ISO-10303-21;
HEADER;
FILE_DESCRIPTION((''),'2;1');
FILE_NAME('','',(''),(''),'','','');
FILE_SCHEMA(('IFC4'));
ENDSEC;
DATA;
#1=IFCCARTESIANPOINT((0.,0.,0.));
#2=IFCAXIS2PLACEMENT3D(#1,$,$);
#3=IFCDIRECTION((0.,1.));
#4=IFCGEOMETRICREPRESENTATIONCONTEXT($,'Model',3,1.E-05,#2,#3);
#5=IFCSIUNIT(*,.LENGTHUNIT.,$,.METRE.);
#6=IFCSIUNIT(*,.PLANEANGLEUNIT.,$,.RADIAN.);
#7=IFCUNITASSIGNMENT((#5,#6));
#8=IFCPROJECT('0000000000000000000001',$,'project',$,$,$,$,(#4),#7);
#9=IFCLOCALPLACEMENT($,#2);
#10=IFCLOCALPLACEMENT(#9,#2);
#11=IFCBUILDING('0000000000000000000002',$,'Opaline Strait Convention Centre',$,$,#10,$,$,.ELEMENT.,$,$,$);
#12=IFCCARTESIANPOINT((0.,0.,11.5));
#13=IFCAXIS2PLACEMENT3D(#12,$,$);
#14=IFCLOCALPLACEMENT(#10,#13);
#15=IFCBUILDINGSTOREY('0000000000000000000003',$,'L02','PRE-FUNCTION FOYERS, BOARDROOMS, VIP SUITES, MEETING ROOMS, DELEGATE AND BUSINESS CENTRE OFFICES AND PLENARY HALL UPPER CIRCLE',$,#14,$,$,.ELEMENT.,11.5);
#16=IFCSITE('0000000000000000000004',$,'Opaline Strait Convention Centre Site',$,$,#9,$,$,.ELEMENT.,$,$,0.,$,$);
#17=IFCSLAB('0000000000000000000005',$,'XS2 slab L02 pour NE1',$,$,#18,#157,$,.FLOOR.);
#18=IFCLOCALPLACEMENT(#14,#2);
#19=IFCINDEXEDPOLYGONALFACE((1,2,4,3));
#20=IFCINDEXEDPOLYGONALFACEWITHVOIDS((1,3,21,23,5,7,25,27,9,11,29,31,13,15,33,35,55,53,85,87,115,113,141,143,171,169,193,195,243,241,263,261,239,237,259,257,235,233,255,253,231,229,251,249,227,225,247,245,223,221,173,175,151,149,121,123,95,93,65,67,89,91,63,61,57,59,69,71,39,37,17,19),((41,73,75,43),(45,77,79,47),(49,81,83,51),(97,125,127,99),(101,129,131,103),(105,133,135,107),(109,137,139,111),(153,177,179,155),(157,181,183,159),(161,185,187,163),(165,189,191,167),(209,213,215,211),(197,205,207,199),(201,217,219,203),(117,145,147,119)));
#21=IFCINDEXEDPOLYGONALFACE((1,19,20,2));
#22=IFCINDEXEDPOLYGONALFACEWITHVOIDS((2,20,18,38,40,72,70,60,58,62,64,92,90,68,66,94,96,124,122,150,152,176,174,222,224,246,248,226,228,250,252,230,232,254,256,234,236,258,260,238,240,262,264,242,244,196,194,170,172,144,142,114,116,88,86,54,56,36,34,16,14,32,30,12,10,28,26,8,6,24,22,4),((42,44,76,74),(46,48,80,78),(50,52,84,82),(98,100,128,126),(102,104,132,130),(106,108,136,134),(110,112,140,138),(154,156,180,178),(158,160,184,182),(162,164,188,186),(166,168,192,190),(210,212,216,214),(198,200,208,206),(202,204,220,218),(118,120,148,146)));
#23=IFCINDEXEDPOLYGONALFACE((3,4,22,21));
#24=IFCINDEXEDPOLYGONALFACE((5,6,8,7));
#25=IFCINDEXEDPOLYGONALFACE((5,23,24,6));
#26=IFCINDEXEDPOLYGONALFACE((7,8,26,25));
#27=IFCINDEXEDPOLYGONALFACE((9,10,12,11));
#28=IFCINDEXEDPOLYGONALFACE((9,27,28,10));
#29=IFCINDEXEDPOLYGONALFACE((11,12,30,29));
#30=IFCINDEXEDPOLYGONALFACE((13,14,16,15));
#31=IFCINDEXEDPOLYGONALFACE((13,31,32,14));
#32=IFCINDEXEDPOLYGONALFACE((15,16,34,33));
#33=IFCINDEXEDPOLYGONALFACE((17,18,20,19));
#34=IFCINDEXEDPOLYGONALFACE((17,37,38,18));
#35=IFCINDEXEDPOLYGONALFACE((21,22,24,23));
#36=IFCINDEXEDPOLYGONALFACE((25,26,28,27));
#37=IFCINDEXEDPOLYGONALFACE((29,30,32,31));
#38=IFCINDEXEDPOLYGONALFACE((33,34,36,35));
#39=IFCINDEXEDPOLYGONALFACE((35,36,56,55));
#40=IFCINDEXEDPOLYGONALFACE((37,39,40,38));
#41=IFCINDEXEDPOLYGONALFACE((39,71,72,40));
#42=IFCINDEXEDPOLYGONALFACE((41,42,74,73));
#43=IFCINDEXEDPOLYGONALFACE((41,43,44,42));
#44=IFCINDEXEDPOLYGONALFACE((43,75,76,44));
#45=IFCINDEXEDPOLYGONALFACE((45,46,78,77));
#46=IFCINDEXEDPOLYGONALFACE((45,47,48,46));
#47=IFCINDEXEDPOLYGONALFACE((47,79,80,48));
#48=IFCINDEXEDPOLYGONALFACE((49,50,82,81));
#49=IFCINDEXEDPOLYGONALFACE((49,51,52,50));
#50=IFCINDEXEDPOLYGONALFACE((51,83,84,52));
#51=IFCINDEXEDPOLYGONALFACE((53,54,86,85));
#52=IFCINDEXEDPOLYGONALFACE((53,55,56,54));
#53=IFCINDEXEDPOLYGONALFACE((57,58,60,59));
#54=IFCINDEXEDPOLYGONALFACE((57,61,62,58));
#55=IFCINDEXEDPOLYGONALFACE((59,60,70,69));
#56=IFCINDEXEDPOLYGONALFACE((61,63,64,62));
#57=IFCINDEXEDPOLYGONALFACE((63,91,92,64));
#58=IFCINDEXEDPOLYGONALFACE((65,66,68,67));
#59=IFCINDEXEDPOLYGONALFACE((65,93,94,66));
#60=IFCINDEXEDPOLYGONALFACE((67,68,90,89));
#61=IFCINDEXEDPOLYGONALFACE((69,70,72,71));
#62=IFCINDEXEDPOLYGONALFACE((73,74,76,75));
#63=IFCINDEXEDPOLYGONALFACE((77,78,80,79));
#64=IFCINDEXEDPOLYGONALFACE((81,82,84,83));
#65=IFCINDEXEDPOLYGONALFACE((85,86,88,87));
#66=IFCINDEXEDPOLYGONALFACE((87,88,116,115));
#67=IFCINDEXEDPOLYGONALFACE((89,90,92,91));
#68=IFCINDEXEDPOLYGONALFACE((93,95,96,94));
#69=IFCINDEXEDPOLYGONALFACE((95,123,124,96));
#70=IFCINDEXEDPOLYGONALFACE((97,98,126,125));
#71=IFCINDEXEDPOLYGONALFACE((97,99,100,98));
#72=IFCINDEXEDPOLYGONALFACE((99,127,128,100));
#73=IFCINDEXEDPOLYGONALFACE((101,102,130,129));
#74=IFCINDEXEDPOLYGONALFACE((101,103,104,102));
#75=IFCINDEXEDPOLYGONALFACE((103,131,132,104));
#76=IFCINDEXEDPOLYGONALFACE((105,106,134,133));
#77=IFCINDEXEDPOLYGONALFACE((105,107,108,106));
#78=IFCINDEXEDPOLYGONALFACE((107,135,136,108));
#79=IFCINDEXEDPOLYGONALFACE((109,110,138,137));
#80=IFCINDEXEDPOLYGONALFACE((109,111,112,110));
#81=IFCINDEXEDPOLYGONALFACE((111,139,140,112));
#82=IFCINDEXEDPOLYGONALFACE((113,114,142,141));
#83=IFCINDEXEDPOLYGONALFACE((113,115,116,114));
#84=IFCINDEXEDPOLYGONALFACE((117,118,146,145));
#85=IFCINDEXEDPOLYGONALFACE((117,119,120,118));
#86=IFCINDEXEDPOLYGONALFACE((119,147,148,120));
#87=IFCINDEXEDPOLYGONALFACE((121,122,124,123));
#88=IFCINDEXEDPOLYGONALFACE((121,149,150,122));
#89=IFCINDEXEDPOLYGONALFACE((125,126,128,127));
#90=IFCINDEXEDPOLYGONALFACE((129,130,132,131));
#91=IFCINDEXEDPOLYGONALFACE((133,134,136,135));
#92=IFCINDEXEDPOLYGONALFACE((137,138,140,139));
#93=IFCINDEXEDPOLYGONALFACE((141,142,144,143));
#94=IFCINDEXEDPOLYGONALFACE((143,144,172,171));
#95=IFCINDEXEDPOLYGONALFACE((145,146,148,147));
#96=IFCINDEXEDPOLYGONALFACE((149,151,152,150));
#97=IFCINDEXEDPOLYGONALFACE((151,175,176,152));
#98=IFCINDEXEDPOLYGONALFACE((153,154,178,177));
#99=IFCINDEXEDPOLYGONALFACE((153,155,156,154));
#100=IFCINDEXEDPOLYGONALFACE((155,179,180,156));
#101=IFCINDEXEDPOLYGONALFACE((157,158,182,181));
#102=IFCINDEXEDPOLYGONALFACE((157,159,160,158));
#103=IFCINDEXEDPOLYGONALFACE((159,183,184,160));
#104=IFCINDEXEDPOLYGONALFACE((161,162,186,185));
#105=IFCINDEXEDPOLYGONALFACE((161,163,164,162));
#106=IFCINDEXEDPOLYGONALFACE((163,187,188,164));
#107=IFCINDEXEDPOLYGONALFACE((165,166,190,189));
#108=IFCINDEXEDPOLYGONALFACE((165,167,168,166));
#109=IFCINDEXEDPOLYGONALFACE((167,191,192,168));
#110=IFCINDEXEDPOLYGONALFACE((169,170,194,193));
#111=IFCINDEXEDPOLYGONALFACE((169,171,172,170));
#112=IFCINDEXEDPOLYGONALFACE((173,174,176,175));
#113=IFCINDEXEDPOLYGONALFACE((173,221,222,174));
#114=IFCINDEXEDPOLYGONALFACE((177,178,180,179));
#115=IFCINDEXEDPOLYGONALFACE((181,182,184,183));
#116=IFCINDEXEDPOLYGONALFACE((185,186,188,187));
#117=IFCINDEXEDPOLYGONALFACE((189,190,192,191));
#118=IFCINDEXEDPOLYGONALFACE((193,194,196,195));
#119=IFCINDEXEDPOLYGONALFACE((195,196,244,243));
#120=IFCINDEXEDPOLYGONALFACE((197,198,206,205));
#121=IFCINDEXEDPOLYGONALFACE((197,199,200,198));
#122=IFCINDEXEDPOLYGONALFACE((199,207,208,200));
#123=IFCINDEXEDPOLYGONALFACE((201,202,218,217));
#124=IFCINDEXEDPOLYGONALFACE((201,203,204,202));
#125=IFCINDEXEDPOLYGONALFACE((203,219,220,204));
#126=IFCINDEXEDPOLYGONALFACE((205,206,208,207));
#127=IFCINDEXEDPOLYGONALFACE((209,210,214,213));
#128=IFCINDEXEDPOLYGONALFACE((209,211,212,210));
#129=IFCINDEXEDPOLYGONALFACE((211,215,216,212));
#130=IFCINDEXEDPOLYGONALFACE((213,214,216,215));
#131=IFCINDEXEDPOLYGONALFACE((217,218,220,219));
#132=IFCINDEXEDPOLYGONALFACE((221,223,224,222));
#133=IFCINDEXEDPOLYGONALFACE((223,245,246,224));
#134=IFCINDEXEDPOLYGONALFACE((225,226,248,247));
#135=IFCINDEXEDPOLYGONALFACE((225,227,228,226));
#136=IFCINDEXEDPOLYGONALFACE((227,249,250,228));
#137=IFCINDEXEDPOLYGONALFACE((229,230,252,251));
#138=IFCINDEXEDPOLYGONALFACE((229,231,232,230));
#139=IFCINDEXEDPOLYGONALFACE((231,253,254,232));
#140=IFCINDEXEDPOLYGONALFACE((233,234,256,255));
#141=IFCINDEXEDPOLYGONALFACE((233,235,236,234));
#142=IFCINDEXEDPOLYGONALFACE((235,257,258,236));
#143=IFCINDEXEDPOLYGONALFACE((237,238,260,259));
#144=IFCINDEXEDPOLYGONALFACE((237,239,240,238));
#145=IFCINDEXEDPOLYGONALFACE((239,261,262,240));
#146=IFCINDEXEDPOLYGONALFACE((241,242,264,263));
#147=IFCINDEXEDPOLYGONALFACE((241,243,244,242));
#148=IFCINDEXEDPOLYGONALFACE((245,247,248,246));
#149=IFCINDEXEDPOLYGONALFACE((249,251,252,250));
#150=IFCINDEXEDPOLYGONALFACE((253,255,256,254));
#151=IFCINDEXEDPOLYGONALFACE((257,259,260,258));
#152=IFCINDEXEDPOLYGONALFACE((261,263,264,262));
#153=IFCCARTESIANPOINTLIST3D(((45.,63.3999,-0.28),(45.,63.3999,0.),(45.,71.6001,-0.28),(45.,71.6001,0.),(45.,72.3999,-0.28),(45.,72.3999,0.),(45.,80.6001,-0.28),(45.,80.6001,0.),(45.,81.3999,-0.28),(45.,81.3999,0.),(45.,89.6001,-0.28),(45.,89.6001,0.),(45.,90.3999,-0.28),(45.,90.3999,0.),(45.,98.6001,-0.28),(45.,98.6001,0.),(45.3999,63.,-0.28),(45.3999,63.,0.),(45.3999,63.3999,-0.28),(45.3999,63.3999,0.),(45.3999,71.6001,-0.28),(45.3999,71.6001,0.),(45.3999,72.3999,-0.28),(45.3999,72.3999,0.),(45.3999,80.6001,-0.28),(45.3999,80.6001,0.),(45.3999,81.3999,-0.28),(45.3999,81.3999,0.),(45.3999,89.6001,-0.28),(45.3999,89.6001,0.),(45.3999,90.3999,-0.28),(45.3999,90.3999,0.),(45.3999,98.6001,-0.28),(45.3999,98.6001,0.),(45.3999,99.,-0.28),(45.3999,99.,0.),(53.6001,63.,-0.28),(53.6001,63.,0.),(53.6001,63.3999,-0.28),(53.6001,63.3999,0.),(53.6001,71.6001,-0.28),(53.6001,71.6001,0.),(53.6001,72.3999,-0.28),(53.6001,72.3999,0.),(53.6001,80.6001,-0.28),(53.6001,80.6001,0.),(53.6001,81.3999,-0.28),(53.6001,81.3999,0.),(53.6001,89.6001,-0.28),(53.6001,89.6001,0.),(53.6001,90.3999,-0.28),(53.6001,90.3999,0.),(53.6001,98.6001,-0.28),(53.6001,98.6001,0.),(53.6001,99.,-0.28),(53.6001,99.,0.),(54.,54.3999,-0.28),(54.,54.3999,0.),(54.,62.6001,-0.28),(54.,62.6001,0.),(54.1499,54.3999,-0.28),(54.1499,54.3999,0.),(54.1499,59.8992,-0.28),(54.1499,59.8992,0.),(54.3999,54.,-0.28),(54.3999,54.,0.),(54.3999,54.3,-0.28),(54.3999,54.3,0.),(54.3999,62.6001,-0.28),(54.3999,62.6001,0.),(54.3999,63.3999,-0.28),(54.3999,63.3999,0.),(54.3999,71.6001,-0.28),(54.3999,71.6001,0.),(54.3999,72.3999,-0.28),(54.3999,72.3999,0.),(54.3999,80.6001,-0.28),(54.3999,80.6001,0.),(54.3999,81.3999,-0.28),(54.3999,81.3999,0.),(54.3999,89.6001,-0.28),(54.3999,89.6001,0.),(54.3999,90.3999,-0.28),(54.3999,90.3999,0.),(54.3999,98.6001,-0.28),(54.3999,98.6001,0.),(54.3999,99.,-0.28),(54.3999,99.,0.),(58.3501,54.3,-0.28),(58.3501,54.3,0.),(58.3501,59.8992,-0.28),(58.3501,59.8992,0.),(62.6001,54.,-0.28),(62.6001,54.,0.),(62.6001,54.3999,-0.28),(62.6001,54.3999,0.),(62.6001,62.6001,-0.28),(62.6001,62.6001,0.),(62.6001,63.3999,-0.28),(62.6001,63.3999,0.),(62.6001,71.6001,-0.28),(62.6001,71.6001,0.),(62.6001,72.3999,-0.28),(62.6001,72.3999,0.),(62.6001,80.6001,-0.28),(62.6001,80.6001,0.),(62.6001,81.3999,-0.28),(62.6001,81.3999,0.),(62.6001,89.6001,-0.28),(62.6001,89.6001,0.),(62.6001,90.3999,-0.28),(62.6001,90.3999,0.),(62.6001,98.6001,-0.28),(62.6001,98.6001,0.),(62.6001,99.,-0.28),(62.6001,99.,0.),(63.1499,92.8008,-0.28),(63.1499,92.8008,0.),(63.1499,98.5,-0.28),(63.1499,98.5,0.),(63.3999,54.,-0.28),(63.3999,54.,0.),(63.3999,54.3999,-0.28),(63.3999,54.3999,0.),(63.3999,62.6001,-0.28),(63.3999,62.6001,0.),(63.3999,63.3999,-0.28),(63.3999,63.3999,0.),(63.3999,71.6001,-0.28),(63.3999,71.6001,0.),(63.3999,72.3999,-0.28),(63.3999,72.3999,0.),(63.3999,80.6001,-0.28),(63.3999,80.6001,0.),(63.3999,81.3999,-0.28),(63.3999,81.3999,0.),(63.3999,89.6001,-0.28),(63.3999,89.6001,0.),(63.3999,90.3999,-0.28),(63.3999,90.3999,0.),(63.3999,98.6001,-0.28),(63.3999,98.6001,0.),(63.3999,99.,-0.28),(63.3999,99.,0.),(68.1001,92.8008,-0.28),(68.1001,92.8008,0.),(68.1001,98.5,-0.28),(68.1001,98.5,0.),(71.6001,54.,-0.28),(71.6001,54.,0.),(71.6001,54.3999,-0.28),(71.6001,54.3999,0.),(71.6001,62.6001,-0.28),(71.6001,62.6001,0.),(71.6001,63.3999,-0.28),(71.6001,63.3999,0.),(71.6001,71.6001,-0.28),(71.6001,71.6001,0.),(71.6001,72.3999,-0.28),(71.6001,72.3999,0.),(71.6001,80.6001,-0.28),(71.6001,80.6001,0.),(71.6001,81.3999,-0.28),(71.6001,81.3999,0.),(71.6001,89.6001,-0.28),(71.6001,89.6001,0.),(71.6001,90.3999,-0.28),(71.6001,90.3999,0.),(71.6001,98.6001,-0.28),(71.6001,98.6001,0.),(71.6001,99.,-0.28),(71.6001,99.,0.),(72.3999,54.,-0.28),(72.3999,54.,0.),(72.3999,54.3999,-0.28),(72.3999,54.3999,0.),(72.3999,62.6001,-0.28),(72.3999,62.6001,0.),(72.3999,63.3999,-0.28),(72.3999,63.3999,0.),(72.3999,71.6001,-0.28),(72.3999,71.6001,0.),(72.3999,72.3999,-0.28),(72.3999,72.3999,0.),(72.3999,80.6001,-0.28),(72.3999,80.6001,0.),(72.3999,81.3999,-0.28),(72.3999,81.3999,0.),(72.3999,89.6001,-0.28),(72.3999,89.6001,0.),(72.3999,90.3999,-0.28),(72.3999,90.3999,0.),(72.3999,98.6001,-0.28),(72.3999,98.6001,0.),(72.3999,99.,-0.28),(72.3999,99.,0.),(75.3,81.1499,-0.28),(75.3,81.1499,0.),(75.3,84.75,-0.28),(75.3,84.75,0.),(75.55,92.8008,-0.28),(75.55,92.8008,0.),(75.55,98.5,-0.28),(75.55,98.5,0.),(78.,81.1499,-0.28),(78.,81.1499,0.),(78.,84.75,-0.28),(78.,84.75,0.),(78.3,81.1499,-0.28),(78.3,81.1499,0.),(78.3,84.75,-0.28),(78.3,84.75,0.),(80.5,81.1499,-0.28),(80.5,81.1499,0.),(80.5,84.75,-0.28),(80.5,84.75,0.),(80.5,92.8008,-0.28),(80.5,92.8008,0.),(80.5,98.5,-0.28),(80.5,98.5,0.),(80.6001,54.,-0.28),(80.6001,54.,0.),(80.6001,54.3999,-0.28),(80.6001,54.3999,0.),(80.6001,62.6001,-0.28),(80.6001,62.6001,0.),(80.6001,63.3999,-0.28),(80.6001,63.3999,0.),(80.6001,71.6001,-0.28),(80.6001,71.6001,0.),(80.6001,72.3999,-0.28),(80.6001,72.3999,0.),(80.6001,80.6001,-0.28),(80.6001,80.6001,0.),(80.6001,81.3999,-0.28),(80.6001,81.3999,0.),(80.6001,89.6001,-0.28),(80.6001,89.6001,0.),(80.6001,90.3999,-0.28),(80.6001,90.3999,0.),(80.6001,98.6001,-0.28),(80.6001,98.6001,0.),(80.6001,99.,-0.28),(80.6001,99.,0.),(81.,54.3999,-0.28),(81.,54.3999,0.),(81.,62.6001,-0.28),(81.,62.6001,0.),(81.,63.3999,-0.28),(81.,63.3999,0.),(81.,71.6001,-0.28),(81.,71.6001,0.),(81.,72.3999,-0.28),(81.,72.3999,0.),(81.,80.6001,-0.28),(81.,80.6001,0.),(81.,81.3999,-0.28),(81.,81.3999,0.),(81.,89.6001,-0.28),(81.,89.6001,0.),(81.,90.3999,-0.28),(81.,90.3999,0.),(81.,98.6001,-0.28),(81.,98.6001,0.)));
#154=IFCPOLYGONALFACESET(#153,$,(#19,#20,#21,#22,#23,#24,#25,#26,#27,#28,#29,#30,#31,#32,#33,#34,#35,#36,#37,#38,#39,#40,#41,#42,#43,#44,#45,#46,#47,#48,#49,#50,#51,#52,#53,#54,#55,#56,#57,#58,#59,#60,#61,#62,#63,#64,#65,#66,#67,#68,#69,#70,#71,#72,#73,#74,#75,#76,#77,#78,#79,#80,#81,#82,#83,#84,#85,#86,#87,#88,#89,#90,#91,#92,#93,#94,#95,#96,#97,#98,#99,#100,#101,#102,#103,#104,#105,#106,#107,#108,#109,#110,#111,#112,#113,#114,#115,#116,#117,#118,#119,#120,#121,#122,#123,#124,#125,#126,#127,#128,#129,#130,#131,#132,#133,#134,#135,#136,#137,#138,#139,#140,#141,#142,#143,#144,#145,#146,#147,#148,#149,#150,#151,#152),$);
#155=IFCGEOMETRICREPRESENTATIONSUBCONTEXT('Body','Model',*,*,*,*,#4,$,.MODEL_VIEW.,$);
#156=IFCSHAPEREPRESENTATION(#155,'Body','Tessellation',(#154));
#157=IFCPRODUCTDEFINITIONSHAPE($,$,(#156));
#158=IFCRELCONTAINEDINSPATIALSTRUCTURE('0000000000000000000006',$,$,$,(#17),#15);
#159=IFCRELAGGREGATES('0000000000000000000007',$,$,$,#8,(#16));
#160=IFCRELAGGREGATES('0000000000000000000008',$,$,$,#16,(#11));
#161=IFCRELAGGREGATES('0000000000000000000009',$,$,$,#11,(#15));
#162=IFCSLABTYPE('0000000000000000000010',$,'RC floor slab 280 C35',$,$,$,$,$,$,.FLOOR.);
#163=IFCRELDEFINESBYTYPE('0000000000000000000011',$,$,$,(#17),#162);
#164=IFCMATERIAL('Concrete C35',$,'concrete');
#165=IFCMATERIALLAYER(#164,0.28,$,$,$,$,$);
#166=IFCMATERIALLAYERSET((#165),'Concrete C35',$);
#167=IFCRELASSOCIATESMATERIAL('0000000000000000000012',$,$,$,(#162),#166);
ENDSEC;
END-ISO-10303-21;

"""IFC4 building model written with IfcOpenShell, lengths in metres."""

from ifc_helpers import new_model, si_unit, direction, frame, origin, place, context, subcontext, project, spatial, polyline, outline, extrude, material, layer, layer_set, type_object, element, save


model = new_model("IFC4")

# Units and contexts
model_context = context("Model", 3, precision=1e-05, world=origin(), true_north=direction((0.0, 1.0)))
body_context = subcontext(model_context, "Body", "Model", "MODEL_VIEW")
ifc_project = project(units=[si_unit("LENGTHUNIT", "METRE"), si_unit("PLANEANGLEUNIT", "RADIAN")], contexts=[model_context])

# Site, building, storey
site_placement = place(None, origin())
site = spatial("IfcSite", under=ifc_project, at=site_placement, Name="Opaline Strait Convention Centre Site", CompositionType="ELEMENT", RefElevation=0.0)
building_placement = place(site_placement, origin())
building = spatial("IfcBuilding", under=site, at=building_placement, Name="Opaline Strait Convention Centre", CompositionType="ELEMENT")
storey_placement = place(building_placement, frame((0.0, 0.0, 11.5)))
storey = spatial("IfcBuildingStorey", under=building, at=storey_placement, Name="L02", Description="PRE-FUNCTION FOYERS, BOARDROOMS, VIP SUITES, MEETING ROOMS, DELEGATE AND BUSINESS CENTRE OFFICES AND PLENARY HALL UPPER CIRCLE", CompositionType="ELEMENT", Elevation=11.5)

# Slab
ifc_material_1 = material(Name="Concrete C35", Category="concrete")
ifc_layer_1 = layer(ifc_material_1, 0.28)
ifc_layer_set_1 = layer_set([ifc_layer_1], Name="Concrete C35")
slab_type_1 = type_object("IfcSlabType", Name="RC floor slab 280 C35", PredefinedType="FLOOR", material=ifc_layer_set_1)
slab_1_placement = place(storey_placement, frame((0.0, 0.0, -0.28)))
element("IfcSlab", 1, at=slab_1_placement, inside=storey, type_object=slab_type_1, Name="XS2 slab L02 pour NE1", PredefinedType="FLOOR", context=body_context, shape_type="SweptSolid", body=[
    extrude(outline(polyline([(45.3999, 98.6001), (45.3999, 99.0), (53.6001, 99.0), (53.6001, 98.6001), (54.3999, 98.6001), (54.3999, 99.0), (62.6001, 99.0), (62.6001, 98.6001), (63.3999, 98.6001), (63.3999, 99.0), (71.6001, 99.0), (71.6001, 98.6001), (72.3999, 98.6001), (72.3999, 99.0), (80.6001, 99.0), (80.6001, 98.6001), (81.0, 98.6001), (81.0, 90.3999), (80.6001, 90.3999), (80.6001, 89.6001), (81.0, 89.6001), (81.0, 81.3999), (80.6001, 81.3999), (80.6001, 80.6001), (81.0, 80.6001), (81.0, 72.3999), (80.6001, 72.3999), (80.6001, 71.6001), (81.0, 71.6001), (81.0, 63.3999), (80.6001, 63.3999), (80.6001, 62.6001), (81.0, 62.6001), (81.0, 54.3999), (80.6001, 54.3999), (80.6001, 54.0), (72.3999, 54.0), (72.3999, 54.3999), (71.6001, 54.3999), (71.6001, 54.0), (63.3999, 54.0), (63.3999, 54.3999), (62.6001, 54.3999), (62.6001, 54.0), (54.3999, 54.0), (54.3999, 54.3), (58.3501, 54.3), (58.3501, 59.8992), (54.1499, 59.8992), (54.1499, 54.3999), (54.0, 54.3999), (54.0, 62.6001), (54.3999, 62.6001), (54.3999, 63.3999), (53.6001, 63.3999), (53.6001, 63.0), (45.3999, 63.0), (45.3999, 63.3999), (45.0, 63.3999), (45.0, 71.6001), (45.3999, 71.6001), (45.3999, 72.3999), (45.0, 72.3999), (45.0, 80.6001), (45.3999, 80.6001), (45.3999, 81.3999), (45.0, 81.3999), (45.0, 89.6001), (45.3999, 89.6001), (45.3999, 90.3999), (45.0, 90.3999), (45.0, 98.6001), (45.3999, 98.6001)]), holes=[polyline([(62.6001, 62.6001), (63.3999, 62.6001), (63.3999, 63.3999), (62.6001, 63.3999), (62.6001, 62.6001)]), polyline([(62.6001, 71.6001), (63.3999, 71.6001), (63.3999, 72.3999), (62.6001, 72.3999), (62.6001, 71.6001)]), polyline([(53.6001, 71.6001), (54.3999, 71.6001), (54.3999, 72.3999), (53.6001, 72.3999), (53.6001, 71.6001)]), polyline([(53.6001, 80.6001), (54.3999, 80.6001), (54.3999, 81.3999), (53.6001, 81.3999), (53.6001, 80.6001)]), polyline([(62.6001, 80.6001), (63.3999, 80.6001), (63.3999, 81.3999), (62.6001, 81.3999), (62.6001, 80.6001)]), polyline([(62.6001, 89.6001), (63.3999, 89.6001), (63.3999, 90.3999), (62.6001, 90.3999), (62.6001, 89.6001)]), polyline([(53.6001, 89.6001), (54.3999, 89.6001), (54.3999, 90.3999), (53.6001, 90.3999), (53.6001, 89.6001)]), polyline([(71.6001, 62.6001), (72.3999, 62.6001), (72.3999, 63.3999), (71.6001, 63.3999), (71.6001, 62.6001)]), polyline([(71.6001, 71.6001), (72.3999, 71.6001), (72.3999, 72.3999), (71.6001, 72.3999), (71.6001, 71.6001)]), polyline([(71.6001, 80.6001), (72.3999, 80.6001), (72.3999, 81.3999), (71.6001, 81.3999), (71.6001, 80.6001)]), polyline([(75.3, 81.1499), (78.0, 81.1499), (78.0, 84.75), (75.3, 84.75), (75.3, 81.1499)]), polyline([(78.3, 81.1499), (80.5, 81.1499), (80.5, 84.75), (78.3, 84.75), (78.3, 81.1499)]), polyline([(71.6001, 89.6001), (72.3999, 89.6001), (72.3999, 90.3999), (71.6001, 90.3999), (71.6001, 89.6001)]), polyline([(75.55, 92.8008), (80.5, 92.8008), (80.5, 98.5), (75.55, 98.5), (75.55, 92.8008)]), polyline([(63.1499, 92.8008), (68.1001, 92.8008), (68.1001, 98.5), (63.1499, 98.5), (63.1499, 92.8008)])]), origin(), (0.0, 0.0, 1.0), 0.28),
])

save(model, "model.ifc")
